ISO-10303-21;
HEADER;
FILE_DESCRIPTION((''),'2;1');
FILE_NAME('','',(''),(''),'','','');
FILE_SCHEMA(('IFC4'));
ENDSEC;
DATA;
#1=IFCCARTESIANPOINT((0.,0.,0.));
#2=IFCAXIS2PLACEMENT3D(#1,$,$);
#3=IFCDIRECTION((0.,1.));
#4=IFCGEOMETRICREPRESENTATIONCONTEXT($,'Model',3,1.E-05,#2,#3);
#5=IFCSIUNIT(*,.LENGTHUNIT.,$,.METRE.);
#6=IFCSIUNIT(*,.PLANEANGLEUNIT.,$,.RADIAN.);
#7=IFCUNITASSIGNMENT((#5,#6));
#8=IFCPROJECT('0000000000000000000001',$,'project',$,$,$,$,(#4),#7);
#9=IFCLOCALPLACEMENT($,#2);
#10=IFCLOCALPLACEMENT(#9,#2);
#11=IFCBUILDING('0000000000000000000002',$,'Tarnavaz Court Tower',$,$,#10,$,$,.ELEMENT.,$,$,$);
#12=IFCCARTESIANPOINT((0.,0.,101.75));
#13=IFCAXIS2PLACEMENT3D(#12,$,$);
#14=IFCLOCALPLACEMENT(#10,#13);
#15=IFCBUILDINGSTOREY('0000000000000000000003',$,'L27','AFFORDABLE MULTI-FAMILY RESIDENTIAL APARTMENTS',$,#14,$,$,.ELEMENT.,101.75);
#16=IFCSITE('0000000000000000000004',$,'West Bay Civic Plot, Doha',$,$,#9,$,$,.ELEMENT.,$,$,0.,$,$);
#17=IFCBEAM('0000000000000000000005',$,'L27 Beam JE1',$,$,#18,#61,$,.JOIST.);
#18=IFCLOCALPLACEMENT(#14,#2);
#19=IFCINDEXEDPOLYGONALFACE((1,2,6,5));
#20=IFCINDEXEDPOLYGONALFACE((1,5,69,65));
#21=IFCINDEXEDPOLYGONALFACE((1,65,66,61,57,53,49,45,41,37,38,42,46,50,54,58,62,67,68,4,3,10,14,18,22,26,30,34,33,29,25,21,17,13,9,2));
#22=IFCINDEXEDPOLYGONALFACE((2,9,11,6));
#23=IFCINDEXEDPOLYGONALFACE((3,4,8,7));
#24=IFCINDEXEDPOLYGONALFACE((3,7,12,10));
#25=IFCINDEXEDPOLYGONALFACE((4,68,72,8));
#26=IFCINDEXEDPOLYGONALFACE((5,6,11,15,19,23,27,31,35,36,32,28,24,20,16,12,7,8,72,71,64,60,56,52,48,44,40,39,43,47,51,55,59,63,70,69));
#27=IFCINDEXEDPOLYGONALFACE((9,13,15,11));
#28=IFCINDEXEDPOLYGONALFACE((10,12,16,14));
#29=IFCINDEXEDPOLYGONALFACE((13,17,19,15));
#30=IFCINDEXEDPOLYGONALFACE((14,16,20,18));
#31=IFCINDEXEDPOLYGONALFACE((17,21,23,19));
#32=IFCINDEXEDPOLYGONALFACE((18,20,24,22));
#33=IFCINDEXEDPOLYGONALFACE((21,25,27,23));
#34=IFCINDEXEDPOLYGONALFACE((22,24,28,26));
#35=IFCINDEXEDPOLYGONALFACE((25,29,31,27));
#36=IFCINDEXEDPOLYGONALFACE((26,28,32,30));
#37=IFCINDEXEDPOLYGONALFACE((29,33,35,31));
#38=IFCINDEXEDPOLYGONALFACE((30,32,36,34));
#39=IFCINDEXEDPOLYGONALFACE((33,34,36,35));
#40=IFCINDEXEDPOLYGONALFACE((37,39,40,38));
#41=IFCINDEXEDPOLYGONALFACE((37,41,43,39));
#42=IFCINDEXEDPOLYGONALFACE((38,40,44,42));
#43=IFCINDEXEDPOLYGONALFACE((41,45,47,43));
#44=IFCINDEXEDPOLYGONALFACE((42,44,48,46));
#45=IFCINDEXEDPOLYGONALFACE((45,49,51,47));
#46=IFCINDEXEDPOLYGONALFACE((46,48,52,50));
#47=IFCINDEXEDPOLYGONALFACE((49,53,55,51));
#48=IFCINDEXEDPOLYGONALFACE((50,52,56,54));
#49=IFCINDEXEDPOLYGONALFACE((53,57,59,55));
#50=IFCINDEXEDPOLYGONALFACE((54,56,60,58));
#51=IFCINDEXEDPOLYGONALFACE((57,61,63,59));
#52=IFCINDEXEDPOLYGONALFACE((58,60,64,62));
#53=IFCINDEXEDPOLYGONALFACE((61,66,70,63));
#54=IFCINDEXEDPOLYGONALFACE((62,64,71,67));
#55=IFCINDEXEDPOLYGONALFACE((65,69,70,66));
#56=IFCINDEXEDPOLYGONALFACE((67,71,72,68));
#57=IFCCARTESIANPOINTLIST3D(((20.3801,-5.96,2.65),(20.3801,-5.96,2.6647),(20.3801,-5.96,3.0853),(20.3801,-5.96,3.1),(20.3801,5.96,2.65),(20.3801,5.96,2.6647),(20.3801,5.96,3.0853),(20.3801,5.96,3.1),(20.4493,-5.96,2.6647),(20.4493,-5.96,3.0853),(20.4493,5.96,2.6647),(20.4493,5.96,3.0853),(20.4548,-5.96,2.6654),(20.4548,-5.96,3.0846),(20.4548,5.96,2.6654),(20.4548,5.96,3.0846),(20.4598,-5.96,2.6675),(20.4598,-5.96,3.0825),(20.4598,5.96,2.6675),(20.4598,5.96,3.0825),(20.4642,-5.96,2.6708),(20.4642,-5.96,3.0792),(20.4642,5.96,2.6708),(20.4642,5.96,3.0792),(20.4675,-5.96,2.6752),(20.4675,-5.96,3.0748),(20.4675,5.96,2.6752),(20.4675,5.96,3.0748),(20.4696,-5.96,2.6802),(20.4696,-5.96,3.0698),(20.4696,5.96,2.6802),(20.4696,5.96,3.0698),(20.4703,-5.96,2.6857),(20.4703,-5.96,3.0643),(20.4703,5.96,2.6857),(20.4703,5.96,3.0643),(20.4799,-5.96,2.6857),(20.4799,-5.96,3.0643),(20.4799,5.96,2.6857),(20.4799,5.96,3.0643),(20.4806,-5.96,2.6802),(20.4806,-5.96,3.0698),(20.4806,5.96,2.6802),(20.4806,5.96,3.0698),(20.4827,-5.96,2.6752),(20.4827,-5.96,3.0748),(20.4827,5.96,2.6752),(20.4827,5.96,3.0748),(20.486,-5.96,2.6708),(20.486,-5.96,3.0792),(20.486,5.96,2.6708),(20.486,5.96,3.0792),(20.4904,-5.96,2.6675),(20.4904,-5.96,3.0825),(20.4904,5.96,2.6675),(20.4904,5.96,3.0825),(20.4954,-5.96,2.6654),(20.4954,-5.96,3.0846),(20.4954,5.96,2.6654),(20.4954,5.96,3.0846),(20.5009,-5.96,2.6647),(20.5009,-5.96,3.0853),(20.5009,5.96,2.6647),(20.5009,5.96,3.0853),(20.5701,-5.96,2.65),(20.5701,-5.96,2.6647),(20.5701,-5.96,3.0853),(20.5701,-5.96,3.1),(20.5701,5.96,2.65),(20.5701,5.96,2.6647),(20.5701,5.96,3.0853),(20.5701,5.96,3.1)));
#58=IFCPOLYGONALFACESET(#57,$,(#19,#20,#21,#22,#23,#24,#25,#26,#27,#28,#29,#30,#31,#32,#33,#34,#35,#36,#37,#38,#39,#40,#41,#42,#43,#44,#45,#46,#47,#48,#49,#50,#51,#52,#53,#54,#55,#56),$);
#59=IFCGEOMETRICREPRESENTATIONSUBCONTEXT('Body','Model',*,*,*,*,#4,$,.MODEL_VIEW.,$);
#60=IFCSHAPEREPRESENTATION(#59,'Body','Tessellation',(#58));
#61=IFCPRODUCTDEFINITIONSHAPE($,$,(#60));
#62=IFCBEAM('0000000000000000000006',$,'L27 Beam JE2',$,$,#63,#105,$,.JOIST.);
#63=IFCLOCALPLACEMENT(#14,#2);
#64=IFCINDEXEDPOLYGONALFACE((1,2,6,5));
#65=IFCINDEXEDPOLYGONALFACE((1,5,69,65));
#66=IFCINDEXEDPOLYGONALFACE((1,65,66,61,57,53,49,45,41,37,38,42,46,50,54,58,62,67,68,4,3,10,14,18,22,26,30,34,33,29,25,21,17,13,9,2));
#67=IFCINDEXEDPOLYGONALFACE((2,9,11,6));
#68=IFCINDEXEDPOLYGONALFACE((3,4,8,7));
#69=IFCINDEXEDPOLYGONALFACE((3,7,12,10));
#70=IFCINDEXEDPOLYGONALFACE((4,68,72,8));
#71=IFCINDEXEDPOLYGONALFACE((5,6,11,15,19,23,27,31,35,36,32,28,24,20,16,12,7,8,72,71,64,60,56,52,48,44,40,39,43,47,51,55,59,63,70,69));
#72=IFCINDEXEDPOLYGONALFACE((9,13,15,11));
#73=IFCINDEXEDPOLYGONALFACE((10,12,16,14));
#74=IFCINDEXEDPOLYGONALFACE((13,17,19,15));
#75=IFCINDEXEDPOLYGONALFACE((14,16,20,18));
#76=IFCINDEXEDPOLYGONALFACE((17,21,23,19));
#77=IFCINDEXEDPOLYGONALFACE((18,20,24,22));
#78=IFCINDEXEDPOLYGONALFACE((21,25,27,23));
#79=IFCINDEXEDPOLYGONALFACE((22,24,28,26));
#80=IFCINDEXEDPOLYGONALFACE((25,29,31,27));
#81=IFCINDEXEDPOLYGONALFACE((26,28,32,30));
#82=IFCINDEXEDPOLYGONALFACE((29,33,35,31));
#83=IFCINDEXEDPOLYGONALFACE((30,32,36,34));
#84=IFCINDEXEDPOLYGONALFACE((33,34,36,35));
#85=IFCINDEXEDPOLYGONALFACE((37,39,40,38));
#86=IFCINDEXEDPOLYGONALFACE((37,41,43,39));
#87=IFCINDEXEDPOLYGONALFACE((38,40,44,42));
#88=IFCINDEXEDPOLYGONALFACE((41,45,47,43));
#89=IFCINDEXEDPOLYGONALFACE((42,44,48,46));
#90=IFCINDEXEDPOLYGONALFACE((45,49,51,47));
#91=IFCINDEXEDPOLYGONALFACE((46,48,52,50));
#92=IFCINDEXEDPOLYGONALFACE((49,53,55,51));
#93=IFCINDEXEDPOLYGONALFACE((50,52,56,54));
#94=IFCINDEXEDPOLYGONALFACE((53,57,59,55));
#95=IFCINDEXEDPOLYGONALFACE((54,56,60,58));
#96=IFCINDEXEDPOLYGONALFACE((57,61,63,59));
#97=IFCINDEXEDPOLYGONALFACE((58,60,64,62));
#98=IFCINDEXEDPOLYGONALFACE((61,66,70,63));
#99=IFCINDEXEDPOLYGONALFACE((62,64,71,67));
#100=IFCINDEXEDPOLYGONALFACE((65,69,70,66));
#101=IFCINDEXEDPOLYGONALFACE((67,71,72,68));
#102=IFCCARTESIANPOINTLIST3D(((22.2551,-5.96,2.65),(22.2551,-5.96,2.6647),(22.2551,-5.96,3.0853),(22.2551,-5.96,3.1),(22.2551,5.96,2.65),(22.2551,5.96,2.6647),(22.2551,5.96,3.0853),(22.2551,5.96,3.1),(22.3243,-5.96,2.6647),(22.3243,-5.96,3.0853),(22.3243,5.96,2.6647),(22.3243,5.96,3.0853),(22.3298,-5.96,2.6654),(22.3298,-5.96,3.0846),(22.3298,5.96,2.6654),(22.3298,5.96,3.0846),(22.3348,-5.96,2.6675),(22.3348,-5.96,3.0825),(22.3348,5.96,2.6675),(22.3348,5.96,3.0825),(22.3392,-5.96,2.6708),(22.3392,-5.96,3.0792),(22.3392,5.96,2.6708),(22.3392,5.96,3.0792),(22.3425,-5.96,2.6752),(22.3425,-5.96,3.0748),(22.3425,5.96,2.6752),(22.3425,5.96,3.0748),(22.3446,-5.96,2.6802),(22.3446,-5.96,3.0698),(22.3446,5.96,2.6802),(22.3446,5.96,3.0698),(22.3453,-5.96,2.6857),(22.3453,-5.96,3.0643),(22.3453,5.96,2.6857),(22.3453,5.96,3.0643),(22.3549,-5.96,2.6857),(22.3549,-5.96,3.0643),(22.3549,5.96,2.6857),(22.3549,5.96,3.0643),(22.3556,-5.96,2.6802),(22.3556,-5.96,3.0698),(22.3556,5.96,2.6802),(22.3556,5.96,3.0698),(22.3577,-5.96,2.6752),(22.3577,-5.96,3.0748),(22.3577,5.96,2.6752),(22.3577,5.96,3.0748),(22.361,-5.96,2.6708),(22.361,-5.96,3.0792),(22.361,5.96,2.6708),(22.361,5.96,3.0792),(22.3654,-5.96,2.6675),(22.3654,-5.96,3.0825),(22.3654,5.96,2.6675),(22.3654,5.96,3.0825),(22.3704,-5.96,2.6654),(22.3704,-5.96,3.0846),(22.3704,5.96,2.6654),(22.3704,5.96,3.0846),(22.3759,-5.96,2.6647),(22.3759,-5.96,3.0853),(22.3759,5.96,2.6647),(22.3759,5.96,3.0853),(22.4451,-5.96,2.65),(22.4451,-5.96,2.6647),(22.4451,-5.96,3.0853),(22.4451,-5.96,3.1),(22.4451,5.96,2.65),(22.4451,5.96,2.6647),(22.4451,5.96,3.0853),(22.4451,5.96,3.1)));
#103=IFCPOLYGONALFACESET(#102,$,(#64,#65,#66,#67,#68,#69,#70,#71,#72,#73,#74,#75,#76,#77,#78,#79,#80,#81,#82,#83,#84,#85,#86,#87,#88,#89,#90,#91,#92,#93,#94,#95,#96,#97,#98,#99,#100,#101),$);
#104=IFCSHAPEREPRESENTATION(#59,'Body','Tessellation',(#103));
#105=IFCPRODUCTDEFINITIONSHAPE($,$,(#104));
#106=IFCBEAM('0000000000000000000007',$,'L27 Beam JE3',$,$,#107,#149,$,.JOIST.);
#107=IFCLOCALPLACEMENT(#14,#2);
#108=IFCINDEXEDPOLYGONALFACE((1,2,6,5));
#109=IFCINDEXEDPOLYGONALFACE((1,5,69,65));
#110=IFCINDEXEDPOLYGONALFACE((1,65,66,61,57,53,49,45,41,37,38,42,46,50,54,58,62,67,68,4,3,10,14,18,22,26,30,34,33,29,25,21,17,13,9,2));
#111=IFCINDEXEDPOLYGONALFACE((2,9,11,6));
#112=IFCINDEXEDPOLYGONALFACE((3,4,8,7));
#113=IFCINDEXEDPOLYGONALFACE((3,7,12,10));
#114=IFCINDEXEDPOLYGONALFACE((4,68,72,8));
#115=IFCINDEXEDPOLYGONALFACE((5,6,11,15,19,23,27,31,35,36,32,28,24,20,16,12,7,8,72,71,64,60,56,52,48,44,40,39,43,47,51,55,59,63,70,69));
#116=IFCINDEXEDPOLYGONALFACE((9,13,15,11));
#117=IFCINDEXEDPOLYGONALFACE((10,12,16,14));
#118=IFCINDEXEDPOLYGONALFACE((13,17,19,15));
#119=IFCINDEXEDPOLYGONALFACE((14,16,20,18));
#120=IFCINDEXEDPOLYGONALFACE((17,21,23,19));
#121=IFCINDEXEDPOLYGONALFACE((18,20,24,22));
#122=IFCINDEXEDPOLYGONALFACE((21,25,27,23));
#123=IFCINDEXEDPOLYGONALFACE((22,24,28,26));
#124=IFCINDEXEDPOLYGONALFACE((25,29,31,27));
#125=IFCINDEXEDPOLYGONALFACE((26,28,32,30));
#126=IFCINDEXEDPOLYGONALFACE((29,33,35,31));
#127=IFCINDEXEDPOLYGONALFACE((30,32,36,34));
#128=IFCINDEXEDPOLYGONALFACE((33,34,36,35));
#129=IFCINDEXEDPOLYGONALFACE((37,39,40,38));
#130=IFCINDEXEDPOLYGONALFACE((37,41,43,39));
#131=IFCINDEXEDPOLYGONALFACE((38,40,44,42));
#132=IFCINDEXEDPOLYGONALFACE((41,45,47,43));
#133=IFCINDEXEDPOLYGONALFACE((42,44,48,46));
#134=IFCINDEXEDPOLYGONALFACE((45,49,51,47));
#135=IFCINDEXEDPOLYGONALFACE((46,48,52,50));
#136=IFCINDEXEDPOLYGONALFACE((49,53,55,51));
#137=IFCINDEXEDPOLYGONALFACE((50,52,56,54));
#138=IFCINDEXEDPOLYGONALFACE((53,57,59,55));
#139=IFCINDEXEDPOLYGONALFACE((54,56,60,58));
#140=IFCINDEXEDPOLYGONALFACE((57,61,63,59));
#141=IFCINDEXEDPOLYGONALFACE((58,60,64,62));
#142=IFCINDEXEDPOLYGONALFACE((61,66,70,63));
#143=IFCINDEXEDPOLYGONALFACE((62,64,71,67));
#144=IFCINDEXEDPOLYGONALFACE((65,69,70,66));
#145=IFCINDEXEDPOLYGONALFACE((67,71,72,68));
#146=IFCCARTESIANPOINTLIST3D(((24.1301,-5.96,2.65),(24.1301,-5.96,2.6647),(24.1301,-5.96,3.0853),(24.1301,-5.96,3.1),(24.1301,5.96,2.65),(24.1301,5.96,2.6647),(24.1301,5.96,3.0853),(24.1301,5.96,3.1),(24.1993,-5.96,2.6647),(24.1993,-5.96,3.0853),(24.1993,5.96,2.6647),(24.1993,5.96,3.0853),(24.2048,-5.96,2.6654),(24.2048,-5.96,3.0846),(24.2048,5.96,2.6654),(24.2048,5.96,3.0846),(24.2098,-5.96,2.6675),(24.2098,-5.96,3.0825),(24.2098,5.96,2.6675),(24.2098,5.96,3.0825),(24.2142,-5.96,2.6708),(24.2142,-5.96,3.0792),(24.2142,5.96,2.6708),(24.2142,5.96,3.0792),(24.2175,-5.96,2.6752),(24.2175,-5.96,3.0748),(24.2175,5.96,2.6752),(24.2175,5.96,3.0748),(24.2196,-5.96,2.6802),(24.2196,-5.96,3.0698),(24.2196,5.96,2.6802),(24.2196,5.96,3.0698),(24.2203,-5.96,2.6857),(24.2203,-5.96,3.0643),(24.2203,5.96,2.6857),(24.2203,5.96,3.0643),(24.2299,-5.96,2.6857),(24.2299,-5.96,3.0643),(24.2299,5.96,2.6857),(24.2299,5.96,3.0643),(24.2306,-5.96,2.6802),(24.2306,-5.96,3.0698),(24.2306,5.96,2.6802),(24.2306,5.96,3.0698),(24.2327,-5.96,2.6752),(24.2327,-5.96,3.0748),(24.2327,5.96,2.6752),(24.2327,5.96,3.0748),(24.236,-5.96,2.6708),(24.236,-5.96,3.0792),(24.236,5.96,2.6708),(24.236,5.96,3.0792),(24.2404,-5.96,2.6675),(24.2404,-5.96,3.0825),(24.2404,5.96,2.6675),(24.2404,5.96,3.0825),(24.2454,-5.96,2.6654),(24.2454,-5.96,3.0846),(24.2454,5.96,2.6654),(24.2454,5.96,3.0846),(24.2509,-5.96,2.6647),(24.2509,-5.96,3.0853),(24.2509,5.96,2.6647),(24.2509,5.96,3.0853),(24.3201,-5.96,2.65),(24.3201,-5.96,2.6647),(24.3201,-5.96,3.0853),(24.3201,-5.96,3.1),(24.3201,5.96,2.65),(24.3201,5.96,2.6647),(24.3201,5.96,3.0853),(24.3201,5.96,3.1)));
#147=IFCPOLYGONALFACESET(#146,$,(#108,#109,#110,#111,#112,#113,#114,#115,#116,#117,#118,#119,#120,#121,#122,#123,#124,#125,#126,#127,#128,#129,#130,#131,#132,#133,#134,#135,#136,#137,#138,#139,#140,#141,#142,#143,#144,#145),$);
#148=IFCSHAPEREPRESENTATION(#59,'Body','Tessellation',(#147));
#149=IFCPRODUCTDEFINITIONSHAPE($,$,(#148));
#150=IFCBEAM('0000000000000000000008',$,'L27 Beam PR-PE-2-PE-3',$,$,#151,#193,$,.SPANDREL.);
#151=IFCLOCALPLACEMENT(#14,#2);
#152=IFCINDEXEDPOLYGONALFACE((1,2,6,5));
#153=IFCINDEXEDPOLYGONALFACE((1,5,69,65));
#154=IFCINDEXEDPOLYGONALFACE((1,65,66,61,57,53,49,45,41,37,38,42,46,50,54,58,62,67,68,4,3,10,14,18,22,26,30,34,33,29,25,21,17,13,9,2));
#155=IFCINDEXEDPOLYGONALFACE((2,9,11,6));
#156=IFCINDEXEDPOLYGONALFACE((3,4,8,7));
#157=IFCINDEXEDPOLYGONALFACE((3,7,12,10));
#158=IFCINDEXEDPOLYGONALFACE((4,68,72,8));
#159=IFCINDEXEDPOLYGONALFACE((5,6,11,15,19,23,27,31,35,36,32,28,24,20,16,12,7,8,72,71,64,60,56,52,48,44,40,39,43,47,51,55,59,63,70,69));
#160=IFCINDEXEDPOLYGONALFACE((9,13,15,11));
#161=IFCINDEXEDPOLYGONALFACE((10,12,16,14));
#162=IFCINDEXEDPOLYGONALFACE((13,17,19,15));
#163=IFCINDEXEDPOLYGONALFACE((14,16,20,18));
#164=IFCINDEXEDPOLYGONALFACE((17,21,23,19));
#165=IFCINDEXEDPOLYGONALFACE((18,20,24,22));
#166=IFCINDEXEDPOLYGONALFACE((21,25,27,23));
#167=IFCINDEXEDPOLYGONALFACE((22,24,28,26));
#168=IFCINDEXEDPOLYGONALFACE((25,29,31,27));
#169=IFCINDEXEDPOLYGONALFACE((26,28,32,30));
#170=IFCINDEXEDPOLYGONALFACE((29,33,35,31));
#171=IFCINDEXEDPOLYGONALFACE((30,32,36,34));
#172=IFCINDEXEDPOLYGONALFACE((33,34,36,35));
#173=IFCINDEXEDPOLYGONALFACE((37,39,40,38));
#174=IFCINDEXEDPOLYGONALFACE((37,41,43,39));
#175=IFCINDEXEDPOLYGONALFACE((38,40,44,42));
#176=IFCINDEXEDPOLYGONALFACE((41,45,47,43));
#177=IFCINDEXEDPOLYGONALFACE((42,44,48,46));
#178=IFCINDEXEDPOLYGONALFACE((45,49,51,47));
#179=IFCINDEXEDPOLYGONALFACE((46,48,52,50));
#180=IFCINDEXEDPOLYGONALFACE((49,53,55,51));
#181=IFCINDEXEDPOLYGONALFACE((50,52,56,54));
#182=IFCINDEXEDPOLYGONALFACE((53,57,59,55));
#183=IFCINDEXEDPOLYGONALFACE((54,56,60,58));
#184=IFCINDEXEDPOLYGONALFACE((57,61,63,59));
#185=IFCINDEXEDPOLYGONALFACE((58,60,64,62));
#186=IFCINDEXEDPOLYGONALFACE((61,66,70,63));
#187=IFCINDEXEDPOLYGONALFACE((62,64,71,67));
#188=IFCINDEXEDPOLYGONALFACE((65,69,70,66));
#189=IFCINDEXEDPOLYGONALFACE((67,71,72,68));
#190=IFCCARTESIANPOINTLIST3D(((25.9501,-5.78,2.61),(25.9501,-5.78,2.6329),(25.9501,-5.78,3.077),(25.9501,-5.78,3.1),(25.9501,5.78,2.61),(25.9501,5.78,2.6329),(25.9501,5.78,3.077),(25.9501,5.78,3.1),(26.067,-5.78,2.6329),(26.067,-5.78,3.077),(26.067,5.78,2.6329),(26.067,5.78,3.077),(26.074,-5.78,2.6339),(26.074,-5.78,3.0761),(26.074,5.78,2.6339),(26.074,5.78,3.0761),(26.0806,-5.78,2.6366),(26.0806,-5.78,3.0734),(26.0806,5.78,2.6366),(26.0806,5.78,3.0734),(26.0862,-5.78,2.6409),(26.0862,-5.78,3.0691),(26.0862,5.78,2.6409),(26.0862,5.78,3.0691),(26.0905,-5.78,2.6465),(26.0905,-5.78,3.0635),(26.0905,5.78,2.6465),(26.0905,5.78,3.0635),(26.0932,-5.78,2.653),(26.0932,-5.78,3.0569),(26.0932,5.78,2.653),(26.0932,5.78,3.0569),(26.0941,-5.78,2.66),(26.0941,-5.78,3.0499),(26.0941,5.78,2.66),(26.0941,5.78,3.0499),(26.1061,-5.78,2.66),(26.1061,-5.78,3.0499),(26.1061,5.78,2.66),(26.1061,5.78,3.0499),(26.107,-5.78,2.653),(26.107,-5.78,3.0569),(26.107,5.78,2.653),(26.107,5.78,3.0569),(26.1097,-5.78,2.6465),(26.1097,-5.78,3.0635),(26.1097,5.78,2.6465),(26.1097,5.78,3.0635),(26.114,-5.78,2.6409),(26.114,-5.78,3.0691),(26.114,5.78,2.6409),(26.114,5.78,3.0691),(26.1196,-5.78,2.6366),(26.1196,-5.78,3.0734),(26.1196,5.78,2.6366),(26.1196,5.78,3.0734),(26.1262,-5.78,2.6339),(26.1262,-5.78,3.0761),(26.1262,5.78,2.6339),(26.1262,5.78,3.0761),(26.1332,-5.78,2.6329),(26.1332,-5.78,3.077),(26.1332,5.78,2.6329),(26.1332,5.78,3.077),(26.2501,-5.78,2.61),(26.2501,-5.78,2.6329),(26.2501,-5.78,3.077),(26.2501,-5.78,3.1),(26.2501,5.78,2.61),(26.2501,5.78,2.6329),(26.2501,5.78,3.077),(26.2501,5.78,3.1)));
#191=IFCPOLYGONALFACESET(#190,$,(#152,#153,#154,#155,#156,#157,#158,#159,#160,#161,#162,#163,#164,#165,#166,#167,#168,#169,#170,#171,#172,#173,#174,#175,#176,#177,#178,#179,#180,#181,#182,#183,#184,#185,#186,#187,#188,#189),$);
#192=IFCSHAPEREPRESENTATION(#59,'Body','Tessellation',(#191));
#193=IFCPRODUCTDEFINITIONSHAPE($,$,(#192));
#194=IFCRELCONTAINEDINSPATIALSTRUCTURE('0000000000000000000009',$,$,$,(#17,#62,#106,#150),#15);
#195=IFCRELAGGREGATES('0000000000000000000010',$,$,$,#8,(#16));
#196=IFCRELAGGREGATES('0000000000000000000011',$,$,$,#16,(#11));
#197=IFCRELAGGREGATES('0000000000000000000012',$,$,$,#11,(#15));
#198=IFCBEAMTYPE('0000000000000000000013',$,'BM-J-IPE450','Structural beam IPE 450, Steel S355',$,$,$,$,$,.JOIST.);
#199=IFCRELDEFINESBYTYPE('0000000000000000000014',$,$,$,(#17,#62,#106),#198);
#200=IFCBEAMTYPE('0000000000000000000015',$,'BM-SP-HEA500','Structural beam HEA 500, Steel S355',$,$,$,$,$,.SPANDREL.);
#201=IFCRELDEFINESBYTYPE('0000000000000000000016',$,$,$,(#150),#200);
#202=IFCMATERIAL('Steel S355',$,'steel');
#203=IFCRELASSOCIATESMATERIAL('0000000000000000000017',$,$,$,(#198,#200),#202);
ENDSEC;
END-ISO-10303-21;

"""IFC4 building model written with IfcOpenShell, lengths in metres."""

from ifc_helpers import new_model, si_unit, direction, frame, origin, origin_2d, place, context, subcontext, project, spatial, i_section, extrude, material, material_profile, profile_set, type_object, element, save


model = new_model("IFC4")

# Units and contexts
model_context = context("Model", 3, precision=1e-05, world=origin(), true_north=direction((0.0, 1.0)))
body_context = subcontext(model_context, "Body", "Model", "MODEL_VIEW")
ifc_project = project(units=[si_unit("LENGTHUNIT", "METRE"), si_unit("PLANEANGLEUNIT", "RADIAN")], contexts=[model_context])

# Site, building, storey
site_placement = place(None, origin())
site = spatial("IfcSite", under=ifc_project, at=site_placement, Name="West Bay Civic Plot, Doha", CompositionType="ELEMENT", RefElevation=0.0)
building_placement = place(site_placement, origin())
building = spatial("IfcBuilding", under=site, at=building_placement, Name="Tarnavaz Court Tower", CompositionType="ELEMENT")
storey_placement = place(building_placement, frame((0.0, 0.0, 101.75)))
storey = spatial("IfcBuildingStorey", under=building, at=storey_placement, Name="L27", Description="AFFORDABLE MULTI-FAMILY RESIDENTIAL APARTMENTS", CompositionType="ELEMENT", Elevation=101.75)

# Beams
ifc_material_1 = material(Name="Steel S355", Category="steel")
ifc_material_profile_1 = material_profile(ifc_material_1, i_section(OverallWidth=0.1899, OverallDepth=0.45, WebThickness=0.0095, FlangeThickness=0.0146, FilletRadius=0.021, at=origin_2d()), Name="IPE 450")
ifc_profile_set_1 = profile_set([ifc_material_profile_1], Name="Steel S355")
beam_type_1 = type_object("IfcBeamType", Name="BM-J-IPE450", Description="Structural beam IPE 450, Steel S355", PredefinedType="JOIST", material=ifc_profile_set_1)
for number, where, z_axis, x_axis, name in (
    (1, (20.4751, -5.96, 2.875), (0.0, 1.0, 0.0), (-1.0, 0.0, 0.0), "L27 Beam JE1"),
    (2, (22.3501, -5.96, 2.875), (0.0, 1.0, 0.0), (-1.0, 0.0, 0.0), "L27 Beam JE2"),
    (3, (24.2251, -5.96, 2.875), (0.0, 1.0, 0.0), (-1.0, 0.0, 0.0), "L27 Beam JE3"),
):
    element("IfcBeam", number, at=place(storey_placement, frame(where, z_axis=z_axis, x_axis=x_axis)), inside=storey, type_object=beam_type_1, Name=name, PredefinedType="JOIST", context=body_context, shape_type="SweptSolid", body=[
        extrude(i_section(OverallWidth=0.1899, OverallDepth=0.45, WebThickness=0.0095, FlangeThickness=0.0146, FilletRadius=0.021, at=origin_2d()), origin(), (0.0, 0.0, 1.0), 11.9199),
    ])
ifc_material_profile_2 = material_profile(ifc_material_1, i_section(OverallWidth=0.3, OverallDepth=0.49, WebThickness=0.012, FlangeThickness=0.0229, FilletRadius=0.0271, at=origin_2d()), Name="HEA 500")
ifc_profile_set_2 = profile_set([ifc_material_profile_2], Name="Steel S355")
beam_type_2 = type_object("IfcBeamType", Name="BM-SP-HEA500", Description="Structural beam HEA 500, Steel S355", PredefinedType="SPANDREL", material=ifc_profile_set_2)
beam_1_placement = place(storey_placement, frame((26.1001, -5.78, 2.855), z_axis=(0.0, 1.0, 0.0), x_axis=(-1.0, 0.0, 0.0)))
element("IfcBeam", 4, at=beam_1_placement, inside=storey, type_object=beam_type_2, Name="L27 Beam PR-PE-2-PE-3", PredefinedType="SPANDREL", context=body_context, shape_type="SweptSolid", body=[
    extrude(i_section(OverallWidth=0.3, OverallDepth=0.49, WebThickness=0.012, FlangeThickness=0.0229, FilletRadius=0.0271, at=origin_2d()), origin(), (0.0, 0.0, 1.0), 11.5601),
])

save(model, "model.ifc")
